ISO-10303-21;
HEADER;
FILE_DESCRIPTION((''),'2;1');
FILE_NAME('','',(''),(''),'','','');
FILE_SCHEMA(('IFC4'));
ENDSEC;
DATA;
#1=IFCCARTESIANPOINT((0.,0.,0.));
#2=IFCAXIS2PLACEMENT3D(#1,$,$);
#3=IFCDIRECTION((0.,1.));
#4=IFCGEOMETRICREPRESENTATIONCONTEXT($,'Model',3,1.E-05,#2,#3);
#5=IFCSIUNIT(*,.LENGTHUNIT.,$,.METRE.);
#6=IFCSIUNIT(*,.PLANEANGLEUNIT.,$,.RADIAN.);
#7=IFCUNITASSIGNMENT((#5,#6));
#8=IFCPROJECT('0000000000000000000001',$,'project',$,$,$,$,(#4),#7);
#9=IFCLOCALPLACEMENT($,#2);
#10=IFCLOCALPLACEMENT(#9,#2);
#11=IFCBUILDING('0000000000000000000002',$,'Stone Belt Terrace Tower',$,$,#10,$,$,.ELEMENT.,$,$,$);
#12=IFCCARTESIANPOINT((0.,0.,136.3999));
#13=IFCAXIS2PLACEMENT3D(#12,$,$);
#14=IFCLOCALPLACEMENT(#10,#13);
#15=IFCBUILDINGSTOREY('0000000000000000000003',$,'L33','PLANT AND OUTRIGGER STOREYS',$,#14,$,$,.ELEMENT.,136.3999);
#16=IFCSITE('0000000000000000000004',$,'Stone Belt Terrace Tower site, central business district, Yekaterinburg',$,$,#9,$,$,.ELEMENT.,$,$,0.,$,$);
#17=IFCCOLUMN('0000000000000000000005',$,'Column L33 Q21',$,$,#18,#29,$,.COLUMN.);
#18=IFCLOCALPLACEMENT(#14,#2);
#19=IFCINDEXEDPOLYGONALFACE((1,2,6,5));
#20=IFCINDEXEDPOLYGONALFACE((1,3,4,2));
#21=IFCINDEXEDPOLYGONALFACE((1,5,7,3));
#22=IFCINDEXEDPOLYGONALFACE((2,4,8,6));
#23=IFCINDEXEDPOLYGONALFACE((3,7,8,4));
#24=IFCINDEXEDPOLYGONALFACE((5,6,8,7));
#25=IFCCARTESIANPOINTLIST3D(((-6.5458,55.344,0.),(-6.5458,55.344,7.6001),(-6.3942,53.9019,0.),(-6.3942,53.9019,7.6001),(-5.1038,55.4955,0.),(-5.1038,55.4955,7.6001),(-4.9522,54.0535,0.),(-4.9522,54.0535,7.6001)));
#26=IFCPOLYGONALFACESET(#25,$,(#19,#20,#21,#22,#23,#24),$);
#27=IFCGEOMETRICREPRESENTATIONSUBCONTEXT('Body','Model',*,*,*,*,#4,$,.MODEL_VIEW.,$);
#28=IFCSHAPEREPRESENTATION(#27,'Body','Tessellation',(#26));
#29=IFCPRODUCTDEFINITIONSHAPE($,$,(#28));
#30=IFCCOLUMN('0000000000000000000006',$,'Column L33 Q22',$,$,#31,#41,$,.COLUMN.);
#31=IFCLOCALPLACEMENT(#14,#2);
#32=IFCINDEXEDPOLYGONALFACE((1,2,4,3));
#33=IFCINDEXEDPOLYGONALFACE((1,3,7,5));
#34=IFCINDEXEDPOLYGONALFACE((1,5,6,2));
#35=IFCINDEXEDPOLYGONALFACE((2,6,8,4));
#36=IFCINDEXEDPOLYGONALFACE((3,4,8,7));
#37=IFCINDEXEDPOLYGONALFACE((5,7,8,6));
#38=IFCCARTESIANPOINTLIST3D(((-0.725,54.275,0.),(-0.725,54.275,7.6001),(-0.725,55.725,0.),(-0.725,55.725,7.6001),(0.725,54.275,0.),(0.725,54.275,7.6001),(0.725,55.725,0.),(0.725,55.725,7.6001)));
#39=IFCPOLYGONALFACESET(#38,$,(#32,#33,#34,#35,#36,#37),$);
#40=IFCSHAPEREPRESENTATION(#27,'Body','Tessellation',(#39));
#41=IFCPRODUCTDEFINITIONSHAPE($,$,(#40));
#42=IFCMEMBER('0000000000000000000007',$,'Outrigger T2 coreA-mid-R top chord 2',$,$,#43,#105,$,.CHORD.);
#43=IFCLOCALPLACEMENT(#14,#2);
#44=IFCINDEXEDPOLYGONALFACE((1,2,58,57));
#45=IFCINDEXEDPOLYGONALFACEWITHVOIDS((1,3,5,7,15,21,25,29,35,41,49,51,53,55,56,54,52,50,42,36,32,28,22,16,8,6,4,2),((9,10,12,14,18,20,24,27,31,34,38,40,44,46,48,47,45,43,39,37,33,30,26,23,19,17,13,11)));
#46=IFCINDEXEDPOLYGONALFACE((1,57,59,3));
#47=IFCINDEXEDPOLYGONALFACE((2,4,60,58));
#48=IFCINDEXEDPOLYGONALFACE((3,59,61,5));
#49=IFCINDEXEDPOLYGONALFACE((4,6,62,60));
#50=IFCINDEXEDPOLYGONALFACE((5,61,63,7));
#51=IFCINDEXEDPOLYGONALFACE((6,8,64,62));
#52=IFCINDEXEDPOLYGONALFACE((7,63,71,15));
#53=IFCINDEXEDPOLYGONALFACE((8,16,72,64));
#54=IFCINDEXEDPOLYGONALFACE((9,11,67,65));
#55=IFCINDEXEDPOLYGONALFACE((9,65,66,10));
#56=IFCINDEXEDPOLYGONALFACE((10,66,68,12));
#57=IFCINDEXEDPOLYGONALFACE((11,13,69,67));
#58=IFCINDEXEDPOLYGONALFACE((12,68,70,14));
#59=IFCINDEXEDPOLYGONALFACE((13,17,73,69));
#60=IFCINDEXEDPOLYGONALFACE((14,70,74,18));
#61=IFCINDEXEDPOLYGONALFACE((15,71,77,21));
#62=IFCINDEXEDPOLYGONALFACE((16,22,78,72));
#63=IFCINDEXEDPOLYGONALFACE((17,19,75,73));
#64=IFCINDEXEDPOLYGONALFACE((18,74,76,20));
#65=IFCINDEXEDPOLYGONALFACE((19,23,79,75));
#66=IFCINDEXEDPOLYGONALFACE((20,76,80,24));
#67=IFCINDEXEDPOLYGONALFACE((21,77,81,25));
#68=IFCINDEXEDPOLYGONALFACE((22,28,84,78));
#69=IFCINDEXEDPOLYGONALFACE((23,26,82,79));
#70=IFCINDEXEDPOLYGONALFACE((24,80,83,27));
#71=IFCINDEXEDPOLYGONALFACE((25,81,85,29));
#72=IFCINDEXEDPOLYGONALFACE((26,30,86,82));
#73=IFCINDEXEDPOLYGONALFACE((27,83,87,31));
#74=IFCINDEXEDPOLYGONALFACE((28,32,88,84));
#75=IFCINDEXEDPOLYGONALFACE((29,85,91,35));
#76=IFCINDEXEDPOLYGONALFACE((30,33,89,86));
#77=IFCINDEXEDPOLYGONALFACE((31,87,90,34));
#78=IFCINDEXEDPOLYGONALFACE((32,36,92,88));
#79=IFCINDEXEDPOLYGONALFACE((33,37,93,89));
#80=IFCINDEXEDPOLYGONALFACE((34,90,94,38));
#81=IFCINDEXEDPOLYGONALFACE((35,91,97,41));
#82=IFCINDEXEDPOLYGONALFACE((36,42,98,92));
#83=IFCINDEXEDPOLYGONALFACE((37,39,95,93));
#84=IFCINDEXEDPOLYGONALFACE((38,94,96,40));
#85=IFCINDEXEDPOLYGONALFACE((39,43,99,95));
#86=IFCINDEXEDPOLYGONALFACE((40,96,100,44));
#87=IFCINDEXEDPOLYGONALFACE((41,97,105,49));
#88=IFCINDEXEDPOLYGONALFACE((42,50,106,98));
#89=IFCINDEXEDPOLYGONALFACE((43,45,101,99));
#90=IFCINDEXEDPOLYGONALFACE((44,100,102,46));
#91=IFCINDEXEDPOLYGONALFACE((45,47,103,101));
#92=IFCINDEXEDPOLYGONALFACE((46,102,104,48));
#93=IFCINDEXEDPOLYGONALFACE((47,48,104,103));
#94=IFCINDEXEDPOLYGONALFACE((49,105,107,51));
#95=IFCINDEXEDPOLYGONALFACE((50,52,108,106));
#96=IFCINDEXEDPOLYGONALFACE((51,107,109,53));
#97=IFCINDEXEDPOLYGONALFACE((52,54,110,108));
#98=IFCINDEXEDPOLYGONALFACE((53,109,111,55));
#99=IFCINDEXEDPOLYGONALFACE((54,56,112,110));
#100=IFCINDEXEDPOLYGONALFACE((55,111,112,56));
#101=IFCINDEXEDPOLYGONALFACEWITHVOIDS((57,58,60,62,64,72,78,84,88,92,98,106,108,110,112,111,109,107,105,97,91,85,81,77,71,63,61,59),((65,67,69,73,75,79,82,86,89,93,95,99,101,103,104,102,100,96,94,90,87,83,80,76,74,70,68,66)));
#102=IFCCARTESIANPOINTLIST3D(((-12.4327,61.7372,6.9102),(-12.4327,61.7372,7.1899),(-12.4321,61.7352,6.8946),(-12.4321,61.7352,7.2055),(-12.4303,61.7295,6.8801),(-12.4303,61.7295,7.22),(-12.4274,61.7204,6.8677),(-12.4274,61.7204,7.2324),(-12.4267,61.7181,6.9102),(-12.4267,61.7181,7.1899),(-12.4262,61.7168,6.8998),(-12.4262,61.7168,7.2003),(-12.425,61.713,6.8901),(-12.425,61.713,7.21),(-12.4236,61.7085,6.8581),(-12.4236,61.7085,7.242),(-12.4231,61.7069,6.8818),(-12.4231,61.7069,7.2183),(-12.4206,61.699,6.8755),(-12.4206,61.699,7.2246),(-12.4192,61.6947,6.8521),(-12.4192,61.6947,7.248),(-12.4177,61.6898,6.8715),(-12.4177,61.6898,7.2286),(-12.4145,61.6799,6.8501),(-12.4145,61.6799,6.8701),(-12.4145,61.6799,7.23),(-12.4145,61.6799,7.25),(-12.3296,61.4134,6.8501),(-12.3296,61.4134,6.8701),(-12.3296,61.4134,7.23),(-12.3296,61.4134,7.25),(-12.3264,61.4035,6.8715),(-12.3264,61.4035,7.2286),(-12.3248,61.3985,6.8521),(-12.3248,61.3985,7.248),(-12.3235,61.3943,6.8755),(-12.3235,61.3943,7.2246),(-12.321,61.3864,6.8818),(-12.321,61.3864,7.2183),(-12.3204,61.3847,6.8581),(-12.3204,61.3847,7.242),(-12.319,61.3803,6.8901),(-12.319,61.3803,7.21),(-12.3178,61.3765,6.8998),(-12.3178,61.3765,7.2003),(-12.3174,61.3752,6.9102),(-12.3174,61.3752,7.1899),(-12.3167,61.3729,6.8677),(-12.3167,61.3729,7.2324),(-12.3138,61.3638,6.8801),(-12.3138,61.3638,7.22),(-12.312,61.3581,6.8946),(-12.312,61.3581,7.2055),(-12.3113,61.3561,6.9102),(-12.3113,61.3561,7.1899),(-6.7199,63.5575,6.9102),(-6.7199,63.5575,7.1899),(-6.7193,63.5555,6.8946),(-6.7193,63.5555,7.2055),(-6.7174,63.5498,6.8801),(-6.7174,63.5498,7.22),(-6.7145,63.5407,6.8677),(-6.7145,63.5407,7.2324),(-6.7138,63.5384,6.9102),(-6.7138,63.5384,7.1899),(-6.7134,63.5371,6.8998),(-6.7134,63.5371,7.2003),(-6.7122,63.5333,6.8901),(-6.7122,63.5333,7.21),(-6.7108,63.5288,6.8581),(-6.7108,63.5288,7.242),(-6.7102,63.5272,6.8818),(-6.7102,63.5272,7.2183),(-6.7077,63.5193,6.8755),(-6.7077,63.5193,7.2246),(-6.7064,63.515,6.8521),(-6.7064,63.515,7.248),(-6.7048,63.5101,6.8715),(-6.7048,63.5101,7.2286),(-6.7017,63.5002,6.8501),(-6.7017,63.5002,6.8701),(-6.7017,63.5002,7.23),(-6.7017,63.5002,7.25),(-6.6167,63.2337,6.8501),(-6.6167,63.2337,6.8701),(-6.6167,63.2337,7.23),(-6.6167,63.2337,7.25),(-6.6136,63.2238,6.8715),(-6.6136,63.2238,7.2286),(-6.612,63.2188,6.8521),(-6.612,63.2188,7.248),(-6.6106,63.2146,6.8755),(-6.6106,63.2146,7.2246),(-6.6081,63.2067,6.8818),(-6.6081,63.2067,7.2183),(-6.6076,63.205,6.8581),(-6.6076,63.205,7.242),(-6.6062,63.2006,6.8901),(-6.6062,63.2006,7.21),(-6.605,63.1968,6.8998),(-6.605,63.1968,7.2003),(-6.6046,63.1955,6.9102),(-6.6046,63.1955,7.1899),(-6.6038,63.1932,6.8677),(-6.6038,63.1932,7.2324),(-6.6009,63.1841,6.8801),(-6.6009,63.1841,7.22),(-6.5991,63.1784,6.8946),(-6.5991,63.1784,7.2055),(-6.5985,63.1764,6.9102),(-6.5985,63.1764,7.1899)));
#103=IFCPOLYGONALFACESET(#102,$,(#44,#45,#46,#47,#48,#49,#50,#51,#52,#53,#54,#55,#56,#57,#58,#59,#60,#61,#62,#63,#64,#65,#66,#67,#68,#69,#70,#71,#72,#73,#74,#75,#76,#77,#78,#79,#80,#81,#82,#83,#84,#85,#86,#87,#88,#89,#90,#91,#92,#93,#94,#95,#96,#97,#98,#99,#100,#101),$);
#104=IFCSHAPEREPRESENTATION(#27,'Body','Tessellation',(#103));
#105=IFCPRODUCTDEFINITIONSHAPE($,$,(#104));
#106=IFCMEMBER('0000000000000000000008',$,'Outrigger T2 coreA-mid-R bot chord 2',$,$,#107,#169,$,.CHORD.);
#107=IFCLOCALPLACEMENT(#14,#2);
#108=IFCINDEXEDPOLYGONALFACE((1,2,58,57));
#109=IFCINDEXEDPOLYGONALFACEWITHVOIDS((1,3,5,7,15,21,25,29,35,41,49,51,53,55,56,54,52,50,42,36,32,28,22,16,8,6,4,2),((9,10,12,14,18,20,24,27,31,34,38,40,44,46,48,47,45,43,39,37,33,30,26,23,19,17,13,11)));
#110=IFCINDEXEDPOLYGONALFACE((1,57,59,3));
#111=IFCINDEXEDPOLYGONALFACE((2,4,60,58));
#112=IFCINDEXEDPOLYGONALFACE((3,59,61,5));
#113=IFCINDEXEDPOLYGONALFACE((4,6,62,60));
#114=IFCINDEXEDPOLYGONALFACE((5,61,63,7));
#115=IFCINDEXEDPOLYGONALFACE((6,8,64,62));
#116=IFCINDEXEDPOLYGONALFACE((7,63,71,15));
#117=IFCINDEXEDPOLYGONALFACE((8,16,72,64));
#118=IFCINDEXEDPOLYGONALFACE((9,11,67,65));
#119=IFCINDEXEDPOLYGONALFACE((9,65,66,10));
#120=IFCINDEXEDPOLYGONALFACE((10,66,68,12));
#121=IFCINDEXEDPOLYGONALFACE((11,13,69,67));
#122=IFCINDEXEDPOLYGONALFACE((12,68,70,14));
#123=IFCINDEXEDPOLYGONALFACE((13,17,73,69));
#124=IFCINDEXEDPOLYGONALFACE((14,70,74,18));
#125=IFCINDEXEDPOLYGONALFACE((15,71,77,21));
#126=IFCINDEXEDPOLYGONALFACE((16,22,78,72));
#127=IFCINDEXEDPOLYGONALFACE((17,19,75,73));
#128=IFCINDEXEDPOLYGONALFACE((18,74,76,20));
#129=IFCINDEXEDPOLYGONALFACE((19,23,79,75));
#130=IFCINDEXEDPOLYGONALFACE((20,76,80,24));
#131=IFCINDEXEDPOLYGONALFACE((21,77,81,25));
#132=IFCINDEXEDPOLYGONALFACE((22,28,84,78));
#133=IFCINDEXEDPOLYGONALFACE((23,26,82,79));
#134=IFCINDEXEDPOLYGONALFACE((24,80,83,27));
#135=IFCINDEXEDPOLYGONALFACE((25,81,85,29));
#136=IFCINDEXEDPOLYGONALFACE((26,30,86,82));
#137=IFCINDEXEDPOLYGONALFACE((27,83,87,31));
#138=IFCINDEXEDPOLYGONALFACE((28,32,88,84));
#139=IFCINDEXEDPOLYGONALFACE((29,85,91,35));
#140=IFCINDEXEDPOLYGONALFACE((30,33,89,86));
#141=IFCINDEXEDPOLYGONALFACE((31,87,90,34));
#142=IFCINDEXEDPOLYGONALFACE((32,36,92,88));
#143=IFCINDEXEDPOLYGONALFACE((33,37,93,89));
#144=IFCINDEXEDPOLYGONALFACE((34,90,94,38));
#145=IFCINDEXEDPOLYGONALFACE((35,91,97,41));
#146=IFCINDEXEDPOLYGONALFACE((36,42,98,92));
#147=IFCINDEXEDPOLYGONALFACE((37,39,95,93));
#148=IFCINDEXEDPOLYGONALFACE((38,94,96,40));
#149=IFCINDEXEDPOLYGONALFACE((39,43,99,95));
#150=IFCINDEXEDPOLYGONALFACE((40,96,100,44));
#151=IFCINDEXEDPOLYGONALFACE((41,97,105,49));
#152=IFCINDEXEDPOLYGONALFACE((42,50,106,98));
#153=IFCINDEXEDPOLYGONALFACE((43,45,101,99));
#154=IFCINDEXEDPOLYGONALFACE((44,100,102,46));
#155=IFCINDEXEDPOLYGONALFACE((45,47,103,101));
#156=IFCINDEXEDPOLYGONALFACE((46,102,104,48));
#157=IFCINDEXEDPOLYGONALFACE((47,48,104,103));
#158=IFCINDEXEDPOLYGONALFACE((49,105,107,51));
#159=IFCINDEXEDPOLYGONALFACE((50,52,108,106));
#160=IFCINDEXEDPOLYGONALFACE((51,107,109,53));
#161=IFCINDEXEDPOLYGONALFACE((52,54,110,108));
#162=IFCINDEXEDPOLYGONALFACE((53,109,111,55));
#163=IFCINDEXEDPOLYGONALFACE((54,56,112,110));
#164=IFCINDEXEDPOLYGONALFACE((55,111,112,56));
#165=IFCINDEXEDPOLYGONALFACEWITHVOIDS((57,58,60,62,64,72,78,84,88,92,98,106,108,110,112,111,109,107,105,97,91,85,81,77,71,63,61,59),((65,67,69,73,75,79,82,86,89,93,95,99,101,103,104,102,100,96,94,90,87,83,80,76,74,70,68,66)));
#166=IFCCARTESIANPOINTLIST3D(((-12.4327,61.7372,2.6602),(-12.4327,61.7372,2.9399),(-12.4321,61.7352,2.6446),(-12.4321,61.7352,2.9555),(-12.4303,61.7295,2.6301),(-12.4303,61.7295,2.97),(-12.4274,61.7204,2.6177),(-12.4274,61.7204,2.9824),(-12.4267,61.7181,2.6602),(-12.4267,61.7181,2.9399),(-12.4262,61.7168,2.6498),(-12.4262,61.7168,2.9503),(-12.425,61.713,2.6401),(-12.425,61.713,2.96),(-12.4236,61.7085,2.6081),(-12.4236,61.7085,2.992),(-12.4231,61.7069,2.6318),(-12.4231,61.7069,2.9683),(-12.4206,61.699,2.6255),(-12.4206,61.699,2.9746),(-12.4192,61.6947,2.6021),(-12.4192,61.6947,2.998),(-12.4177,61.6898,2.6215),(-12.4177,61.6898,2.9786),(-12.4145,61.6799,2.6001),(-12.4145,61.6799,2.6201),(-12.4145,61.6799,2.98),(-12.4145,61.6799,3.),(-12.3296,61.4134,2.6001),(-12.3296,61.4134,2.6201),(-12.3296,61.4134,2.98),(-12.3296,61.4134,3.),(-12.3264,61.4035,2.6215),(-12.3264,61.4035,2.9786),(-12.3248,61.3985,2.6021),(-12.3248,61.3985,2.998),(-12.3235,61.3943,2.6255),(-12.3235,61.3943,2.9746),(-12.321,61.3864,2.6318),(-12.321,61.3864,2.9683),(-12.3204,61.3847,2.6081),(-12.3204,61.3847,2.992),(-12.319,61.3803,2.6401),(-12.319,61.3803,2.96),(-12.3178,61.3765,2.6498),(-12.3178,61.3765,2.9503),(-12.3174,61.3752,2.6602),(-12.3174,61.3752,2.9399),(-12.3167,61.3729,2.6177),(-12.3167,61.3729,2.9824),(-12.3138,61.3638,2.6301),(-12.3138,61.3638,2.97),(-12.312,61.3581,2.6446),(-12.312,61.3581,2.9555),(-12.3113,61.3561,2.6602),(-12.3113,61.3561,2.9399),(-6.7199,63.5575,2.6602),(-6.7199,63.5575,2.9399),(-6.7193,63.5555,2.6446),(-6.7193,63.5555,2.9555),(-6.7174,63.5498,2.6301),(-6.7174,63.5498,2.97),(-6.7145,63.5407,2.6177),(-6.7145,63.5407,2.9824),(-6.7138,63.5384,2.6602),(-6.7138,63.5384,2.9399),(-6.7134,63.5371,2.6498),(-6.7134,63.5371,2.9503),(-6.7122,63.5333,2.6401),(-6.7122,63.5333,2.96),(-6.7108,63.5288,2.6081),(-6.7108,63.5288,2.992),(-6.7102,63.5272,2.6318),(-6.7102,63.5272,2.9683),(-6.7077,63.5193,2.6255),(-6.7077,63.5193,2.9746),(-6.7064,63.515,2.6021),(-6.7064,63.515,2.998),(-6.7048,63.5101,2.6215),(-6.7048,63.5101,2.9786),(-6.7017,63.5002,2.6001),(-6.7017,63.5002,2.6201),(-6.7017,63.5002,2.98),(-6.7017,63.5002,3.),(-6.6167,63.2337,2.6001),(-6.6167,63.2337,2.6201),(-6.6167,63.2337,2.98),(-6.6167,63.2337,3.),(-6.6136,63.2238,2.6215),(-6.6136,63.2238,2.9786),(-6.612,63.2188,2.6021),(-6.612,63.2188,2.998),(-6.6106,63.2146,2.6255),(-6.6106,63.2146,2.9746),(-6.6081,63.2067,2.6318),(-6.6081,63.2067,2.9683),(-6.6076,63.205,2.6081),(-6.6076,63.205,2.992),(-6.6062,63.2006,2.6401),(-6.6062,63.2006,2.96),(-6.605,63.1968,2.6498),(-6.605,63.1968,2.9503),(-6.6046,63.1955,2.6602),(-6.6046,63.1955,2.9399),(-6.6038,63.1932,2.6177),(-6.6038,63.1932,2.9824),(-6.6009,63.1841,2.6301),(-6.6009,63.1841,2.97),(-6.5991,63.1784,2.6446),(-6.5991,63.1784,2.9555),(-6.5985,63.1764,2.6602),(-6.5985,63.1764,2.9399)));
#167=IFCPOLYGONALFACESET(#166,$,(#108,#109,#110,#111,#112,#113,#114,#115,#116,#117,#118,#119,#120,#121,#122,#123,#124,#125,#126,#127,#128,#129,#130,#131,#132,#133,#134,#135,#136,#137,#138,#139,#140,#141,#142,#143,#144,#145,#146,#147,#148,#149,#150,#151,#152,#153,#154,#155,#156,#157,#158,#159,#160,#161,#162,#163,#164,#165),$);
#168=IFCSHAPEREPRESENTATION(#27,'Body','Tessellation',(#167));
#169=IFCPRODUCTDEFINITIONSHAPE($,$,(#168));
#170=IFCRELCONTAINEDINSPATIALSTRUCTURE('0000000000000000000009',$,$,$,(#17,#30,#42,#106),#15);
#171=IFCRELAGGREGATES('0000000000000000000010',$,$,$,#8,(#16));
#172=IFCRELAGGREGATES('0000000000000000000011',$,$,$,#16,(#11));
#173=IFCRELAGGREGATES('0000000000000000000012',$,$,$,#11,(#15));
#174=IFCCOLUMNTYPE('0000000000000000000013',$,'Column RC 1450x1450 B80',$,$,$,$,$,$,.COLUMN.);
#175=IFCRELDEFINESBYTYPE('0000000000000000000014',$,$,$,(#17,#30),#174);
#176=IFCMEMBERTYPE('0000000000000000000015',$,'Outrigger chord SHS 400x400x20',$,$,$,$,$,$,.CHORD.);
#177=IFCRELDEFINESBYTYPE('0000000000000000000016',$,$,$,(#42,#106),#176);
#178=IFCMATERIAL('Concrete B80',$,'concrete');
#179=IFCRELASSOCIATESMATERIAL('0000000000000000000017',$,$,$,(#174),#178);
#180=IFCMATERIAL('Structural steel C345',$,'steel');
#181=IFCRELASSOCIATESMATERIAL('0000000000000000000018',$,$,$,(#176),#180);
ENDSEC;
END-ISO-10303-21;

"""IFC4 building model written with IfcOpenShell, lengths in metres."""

from ifc_helpers import new_model, si_unit, direction, frame, origin, origin_2d, place, context, subcontext, project, spatial, rectangle, hollow_rectangle, extrude, material, material_profile, profile_set, type_object, element, save


model = new_model("IFC4")

# Units and contexts
model_context = context("Model", 3, precision=1e-05, world=origin(), true_north=direction((0.0, 1.0)))
body_context = subcontext(model_context, "Body", "Model", "MODEL_VIEW")
ifc_project = project(units=[si_unit("LENGTHUNIT", "METRE"), si_unit("PLANEANGLEUNIT", "RADIAN")], contexts=[model_context])

# Site, building, storey
site_placement = place(None, origin())
site = spatial("IfcSite", under=ifc_project, at=site_placement, Name="Stone Belt Terrace Tower site, central business district, Yekaterinburg", CompositionType="ELEMENT", RefElevation=0.0)
building_placement = place(site_placement, origin())
building = spatial("IfcBuilding", under=site, at=building_placement, Name="Stone Belt Terrace Tower", CompositionType="ELEMENT")
storey_placement = place(building_placement, frame((0.0, 0.0, 136.3999)))
storey = spatial("IfcBuildingStorey", under=building, at=storey_placement, Name="L33", Description="PLANT AND OUTRIGGER STOREYS", CompositionType="ELEMENT", Elevation=136.3999)

# Columns
ifc_material_1 = material(Name="Concrete B80", Category="concrete")
ifc_material_profile_1 = material_profile(ifc_material_1, rectangle(XDim=1.45, YDim=1.45, at=origin_2d()), Name="RC 1450x1450")
ifc_profile_set_1 = profile_set([ifc_material_profile_1], Name="Concrete B80")
column_type = type_object("IfcColumnType", Name="Column RC 1450x1450 B80", PredefinedType="COLUMN", material=ifc_profile_set_1)
for number, where, z_axis, x_axis, name in (
    (1, (-5.749, 54.6987, 0.0), (0.0, 0.0, 1.0), (0.994522, 0.104528, 0.0), "Column L33 Q21"),
    (2, (0.0, 55.0, 0.0), (0.0, 0.0, 1.0), (1.0, 0.0, 0.0), "Column L33 Q22"),
):
    element("IfcColumn", number, at=place(storey_placement, frame(where, z_axis=z_axis, x_axis=x_axis)), inside=storey, type_object=column_type, Name=name, PredefinedType="COLUMN", context=body_context, shape_type="SweptSolid", body=[
        extrude(rectangle(XDim=1.45, YDim=1.45, at=origin_2d()), origin(), (0.0, 0.0, 1.0), 7.6001),
    ])

# Members
ifc_material_2 = material(Name="Structural steel C345", Category="steel")
ifc_material_profile_2 = material_profile(ifc_material_2, hollow_rectangle(XDim=0.3999, YDim=0.3999, WallThickness=0.02, InnerFilletRadius=0.04, OuterFilletRadius=0.0601, at=origin_2d()), Name="SHS 400x400x20")
ifc_profile_set_2 = profile_set([ifc_material_profile_2], Name="Structural steel C345")
member_type_1 = type_object("IfcMemberType", Name="Outrigger chord SHS 400x400x20", PredefinedType="CHORD", material=ifc_profile_set_2)
for number, where, z_axis, x_axis, name in (
    (3, (-6.6592, 63.3669, 7.05), (-0.952802, -0.303594, 0.0), (0.303594, -0.952802, 0.0), "Outrigger T2 coreA-mid-R top chord 2"),
    (4, (-6.6592, 63.3669, 2.8), (-0.952802, -0.303594, 0.0), (0.303594, -0.952802, 0.0), "Outrigger T2 coreA-mid-R bot chord 2"),
):
    element("IfcMember", number, at=place(storey_placement, frame(where, z_axis=z_axis, x_axis=x_axis)), inside=storey, type_object=member_type_1, Name=name, PredefinedType="CHORD", context=body_context, shape_type="SweptSolid", body=[
        extrude(hollow_rectangle(XDim=0.3999, YDim=0.3999, WallThickness=0.02, InnerFilletRadius=0.04, OuterFilletRadius=0.0601, at=origin_2d()), origin(), (0.0, 0.0, 1.0), 5.9958),
    ])

save(model, "model.ifc")
